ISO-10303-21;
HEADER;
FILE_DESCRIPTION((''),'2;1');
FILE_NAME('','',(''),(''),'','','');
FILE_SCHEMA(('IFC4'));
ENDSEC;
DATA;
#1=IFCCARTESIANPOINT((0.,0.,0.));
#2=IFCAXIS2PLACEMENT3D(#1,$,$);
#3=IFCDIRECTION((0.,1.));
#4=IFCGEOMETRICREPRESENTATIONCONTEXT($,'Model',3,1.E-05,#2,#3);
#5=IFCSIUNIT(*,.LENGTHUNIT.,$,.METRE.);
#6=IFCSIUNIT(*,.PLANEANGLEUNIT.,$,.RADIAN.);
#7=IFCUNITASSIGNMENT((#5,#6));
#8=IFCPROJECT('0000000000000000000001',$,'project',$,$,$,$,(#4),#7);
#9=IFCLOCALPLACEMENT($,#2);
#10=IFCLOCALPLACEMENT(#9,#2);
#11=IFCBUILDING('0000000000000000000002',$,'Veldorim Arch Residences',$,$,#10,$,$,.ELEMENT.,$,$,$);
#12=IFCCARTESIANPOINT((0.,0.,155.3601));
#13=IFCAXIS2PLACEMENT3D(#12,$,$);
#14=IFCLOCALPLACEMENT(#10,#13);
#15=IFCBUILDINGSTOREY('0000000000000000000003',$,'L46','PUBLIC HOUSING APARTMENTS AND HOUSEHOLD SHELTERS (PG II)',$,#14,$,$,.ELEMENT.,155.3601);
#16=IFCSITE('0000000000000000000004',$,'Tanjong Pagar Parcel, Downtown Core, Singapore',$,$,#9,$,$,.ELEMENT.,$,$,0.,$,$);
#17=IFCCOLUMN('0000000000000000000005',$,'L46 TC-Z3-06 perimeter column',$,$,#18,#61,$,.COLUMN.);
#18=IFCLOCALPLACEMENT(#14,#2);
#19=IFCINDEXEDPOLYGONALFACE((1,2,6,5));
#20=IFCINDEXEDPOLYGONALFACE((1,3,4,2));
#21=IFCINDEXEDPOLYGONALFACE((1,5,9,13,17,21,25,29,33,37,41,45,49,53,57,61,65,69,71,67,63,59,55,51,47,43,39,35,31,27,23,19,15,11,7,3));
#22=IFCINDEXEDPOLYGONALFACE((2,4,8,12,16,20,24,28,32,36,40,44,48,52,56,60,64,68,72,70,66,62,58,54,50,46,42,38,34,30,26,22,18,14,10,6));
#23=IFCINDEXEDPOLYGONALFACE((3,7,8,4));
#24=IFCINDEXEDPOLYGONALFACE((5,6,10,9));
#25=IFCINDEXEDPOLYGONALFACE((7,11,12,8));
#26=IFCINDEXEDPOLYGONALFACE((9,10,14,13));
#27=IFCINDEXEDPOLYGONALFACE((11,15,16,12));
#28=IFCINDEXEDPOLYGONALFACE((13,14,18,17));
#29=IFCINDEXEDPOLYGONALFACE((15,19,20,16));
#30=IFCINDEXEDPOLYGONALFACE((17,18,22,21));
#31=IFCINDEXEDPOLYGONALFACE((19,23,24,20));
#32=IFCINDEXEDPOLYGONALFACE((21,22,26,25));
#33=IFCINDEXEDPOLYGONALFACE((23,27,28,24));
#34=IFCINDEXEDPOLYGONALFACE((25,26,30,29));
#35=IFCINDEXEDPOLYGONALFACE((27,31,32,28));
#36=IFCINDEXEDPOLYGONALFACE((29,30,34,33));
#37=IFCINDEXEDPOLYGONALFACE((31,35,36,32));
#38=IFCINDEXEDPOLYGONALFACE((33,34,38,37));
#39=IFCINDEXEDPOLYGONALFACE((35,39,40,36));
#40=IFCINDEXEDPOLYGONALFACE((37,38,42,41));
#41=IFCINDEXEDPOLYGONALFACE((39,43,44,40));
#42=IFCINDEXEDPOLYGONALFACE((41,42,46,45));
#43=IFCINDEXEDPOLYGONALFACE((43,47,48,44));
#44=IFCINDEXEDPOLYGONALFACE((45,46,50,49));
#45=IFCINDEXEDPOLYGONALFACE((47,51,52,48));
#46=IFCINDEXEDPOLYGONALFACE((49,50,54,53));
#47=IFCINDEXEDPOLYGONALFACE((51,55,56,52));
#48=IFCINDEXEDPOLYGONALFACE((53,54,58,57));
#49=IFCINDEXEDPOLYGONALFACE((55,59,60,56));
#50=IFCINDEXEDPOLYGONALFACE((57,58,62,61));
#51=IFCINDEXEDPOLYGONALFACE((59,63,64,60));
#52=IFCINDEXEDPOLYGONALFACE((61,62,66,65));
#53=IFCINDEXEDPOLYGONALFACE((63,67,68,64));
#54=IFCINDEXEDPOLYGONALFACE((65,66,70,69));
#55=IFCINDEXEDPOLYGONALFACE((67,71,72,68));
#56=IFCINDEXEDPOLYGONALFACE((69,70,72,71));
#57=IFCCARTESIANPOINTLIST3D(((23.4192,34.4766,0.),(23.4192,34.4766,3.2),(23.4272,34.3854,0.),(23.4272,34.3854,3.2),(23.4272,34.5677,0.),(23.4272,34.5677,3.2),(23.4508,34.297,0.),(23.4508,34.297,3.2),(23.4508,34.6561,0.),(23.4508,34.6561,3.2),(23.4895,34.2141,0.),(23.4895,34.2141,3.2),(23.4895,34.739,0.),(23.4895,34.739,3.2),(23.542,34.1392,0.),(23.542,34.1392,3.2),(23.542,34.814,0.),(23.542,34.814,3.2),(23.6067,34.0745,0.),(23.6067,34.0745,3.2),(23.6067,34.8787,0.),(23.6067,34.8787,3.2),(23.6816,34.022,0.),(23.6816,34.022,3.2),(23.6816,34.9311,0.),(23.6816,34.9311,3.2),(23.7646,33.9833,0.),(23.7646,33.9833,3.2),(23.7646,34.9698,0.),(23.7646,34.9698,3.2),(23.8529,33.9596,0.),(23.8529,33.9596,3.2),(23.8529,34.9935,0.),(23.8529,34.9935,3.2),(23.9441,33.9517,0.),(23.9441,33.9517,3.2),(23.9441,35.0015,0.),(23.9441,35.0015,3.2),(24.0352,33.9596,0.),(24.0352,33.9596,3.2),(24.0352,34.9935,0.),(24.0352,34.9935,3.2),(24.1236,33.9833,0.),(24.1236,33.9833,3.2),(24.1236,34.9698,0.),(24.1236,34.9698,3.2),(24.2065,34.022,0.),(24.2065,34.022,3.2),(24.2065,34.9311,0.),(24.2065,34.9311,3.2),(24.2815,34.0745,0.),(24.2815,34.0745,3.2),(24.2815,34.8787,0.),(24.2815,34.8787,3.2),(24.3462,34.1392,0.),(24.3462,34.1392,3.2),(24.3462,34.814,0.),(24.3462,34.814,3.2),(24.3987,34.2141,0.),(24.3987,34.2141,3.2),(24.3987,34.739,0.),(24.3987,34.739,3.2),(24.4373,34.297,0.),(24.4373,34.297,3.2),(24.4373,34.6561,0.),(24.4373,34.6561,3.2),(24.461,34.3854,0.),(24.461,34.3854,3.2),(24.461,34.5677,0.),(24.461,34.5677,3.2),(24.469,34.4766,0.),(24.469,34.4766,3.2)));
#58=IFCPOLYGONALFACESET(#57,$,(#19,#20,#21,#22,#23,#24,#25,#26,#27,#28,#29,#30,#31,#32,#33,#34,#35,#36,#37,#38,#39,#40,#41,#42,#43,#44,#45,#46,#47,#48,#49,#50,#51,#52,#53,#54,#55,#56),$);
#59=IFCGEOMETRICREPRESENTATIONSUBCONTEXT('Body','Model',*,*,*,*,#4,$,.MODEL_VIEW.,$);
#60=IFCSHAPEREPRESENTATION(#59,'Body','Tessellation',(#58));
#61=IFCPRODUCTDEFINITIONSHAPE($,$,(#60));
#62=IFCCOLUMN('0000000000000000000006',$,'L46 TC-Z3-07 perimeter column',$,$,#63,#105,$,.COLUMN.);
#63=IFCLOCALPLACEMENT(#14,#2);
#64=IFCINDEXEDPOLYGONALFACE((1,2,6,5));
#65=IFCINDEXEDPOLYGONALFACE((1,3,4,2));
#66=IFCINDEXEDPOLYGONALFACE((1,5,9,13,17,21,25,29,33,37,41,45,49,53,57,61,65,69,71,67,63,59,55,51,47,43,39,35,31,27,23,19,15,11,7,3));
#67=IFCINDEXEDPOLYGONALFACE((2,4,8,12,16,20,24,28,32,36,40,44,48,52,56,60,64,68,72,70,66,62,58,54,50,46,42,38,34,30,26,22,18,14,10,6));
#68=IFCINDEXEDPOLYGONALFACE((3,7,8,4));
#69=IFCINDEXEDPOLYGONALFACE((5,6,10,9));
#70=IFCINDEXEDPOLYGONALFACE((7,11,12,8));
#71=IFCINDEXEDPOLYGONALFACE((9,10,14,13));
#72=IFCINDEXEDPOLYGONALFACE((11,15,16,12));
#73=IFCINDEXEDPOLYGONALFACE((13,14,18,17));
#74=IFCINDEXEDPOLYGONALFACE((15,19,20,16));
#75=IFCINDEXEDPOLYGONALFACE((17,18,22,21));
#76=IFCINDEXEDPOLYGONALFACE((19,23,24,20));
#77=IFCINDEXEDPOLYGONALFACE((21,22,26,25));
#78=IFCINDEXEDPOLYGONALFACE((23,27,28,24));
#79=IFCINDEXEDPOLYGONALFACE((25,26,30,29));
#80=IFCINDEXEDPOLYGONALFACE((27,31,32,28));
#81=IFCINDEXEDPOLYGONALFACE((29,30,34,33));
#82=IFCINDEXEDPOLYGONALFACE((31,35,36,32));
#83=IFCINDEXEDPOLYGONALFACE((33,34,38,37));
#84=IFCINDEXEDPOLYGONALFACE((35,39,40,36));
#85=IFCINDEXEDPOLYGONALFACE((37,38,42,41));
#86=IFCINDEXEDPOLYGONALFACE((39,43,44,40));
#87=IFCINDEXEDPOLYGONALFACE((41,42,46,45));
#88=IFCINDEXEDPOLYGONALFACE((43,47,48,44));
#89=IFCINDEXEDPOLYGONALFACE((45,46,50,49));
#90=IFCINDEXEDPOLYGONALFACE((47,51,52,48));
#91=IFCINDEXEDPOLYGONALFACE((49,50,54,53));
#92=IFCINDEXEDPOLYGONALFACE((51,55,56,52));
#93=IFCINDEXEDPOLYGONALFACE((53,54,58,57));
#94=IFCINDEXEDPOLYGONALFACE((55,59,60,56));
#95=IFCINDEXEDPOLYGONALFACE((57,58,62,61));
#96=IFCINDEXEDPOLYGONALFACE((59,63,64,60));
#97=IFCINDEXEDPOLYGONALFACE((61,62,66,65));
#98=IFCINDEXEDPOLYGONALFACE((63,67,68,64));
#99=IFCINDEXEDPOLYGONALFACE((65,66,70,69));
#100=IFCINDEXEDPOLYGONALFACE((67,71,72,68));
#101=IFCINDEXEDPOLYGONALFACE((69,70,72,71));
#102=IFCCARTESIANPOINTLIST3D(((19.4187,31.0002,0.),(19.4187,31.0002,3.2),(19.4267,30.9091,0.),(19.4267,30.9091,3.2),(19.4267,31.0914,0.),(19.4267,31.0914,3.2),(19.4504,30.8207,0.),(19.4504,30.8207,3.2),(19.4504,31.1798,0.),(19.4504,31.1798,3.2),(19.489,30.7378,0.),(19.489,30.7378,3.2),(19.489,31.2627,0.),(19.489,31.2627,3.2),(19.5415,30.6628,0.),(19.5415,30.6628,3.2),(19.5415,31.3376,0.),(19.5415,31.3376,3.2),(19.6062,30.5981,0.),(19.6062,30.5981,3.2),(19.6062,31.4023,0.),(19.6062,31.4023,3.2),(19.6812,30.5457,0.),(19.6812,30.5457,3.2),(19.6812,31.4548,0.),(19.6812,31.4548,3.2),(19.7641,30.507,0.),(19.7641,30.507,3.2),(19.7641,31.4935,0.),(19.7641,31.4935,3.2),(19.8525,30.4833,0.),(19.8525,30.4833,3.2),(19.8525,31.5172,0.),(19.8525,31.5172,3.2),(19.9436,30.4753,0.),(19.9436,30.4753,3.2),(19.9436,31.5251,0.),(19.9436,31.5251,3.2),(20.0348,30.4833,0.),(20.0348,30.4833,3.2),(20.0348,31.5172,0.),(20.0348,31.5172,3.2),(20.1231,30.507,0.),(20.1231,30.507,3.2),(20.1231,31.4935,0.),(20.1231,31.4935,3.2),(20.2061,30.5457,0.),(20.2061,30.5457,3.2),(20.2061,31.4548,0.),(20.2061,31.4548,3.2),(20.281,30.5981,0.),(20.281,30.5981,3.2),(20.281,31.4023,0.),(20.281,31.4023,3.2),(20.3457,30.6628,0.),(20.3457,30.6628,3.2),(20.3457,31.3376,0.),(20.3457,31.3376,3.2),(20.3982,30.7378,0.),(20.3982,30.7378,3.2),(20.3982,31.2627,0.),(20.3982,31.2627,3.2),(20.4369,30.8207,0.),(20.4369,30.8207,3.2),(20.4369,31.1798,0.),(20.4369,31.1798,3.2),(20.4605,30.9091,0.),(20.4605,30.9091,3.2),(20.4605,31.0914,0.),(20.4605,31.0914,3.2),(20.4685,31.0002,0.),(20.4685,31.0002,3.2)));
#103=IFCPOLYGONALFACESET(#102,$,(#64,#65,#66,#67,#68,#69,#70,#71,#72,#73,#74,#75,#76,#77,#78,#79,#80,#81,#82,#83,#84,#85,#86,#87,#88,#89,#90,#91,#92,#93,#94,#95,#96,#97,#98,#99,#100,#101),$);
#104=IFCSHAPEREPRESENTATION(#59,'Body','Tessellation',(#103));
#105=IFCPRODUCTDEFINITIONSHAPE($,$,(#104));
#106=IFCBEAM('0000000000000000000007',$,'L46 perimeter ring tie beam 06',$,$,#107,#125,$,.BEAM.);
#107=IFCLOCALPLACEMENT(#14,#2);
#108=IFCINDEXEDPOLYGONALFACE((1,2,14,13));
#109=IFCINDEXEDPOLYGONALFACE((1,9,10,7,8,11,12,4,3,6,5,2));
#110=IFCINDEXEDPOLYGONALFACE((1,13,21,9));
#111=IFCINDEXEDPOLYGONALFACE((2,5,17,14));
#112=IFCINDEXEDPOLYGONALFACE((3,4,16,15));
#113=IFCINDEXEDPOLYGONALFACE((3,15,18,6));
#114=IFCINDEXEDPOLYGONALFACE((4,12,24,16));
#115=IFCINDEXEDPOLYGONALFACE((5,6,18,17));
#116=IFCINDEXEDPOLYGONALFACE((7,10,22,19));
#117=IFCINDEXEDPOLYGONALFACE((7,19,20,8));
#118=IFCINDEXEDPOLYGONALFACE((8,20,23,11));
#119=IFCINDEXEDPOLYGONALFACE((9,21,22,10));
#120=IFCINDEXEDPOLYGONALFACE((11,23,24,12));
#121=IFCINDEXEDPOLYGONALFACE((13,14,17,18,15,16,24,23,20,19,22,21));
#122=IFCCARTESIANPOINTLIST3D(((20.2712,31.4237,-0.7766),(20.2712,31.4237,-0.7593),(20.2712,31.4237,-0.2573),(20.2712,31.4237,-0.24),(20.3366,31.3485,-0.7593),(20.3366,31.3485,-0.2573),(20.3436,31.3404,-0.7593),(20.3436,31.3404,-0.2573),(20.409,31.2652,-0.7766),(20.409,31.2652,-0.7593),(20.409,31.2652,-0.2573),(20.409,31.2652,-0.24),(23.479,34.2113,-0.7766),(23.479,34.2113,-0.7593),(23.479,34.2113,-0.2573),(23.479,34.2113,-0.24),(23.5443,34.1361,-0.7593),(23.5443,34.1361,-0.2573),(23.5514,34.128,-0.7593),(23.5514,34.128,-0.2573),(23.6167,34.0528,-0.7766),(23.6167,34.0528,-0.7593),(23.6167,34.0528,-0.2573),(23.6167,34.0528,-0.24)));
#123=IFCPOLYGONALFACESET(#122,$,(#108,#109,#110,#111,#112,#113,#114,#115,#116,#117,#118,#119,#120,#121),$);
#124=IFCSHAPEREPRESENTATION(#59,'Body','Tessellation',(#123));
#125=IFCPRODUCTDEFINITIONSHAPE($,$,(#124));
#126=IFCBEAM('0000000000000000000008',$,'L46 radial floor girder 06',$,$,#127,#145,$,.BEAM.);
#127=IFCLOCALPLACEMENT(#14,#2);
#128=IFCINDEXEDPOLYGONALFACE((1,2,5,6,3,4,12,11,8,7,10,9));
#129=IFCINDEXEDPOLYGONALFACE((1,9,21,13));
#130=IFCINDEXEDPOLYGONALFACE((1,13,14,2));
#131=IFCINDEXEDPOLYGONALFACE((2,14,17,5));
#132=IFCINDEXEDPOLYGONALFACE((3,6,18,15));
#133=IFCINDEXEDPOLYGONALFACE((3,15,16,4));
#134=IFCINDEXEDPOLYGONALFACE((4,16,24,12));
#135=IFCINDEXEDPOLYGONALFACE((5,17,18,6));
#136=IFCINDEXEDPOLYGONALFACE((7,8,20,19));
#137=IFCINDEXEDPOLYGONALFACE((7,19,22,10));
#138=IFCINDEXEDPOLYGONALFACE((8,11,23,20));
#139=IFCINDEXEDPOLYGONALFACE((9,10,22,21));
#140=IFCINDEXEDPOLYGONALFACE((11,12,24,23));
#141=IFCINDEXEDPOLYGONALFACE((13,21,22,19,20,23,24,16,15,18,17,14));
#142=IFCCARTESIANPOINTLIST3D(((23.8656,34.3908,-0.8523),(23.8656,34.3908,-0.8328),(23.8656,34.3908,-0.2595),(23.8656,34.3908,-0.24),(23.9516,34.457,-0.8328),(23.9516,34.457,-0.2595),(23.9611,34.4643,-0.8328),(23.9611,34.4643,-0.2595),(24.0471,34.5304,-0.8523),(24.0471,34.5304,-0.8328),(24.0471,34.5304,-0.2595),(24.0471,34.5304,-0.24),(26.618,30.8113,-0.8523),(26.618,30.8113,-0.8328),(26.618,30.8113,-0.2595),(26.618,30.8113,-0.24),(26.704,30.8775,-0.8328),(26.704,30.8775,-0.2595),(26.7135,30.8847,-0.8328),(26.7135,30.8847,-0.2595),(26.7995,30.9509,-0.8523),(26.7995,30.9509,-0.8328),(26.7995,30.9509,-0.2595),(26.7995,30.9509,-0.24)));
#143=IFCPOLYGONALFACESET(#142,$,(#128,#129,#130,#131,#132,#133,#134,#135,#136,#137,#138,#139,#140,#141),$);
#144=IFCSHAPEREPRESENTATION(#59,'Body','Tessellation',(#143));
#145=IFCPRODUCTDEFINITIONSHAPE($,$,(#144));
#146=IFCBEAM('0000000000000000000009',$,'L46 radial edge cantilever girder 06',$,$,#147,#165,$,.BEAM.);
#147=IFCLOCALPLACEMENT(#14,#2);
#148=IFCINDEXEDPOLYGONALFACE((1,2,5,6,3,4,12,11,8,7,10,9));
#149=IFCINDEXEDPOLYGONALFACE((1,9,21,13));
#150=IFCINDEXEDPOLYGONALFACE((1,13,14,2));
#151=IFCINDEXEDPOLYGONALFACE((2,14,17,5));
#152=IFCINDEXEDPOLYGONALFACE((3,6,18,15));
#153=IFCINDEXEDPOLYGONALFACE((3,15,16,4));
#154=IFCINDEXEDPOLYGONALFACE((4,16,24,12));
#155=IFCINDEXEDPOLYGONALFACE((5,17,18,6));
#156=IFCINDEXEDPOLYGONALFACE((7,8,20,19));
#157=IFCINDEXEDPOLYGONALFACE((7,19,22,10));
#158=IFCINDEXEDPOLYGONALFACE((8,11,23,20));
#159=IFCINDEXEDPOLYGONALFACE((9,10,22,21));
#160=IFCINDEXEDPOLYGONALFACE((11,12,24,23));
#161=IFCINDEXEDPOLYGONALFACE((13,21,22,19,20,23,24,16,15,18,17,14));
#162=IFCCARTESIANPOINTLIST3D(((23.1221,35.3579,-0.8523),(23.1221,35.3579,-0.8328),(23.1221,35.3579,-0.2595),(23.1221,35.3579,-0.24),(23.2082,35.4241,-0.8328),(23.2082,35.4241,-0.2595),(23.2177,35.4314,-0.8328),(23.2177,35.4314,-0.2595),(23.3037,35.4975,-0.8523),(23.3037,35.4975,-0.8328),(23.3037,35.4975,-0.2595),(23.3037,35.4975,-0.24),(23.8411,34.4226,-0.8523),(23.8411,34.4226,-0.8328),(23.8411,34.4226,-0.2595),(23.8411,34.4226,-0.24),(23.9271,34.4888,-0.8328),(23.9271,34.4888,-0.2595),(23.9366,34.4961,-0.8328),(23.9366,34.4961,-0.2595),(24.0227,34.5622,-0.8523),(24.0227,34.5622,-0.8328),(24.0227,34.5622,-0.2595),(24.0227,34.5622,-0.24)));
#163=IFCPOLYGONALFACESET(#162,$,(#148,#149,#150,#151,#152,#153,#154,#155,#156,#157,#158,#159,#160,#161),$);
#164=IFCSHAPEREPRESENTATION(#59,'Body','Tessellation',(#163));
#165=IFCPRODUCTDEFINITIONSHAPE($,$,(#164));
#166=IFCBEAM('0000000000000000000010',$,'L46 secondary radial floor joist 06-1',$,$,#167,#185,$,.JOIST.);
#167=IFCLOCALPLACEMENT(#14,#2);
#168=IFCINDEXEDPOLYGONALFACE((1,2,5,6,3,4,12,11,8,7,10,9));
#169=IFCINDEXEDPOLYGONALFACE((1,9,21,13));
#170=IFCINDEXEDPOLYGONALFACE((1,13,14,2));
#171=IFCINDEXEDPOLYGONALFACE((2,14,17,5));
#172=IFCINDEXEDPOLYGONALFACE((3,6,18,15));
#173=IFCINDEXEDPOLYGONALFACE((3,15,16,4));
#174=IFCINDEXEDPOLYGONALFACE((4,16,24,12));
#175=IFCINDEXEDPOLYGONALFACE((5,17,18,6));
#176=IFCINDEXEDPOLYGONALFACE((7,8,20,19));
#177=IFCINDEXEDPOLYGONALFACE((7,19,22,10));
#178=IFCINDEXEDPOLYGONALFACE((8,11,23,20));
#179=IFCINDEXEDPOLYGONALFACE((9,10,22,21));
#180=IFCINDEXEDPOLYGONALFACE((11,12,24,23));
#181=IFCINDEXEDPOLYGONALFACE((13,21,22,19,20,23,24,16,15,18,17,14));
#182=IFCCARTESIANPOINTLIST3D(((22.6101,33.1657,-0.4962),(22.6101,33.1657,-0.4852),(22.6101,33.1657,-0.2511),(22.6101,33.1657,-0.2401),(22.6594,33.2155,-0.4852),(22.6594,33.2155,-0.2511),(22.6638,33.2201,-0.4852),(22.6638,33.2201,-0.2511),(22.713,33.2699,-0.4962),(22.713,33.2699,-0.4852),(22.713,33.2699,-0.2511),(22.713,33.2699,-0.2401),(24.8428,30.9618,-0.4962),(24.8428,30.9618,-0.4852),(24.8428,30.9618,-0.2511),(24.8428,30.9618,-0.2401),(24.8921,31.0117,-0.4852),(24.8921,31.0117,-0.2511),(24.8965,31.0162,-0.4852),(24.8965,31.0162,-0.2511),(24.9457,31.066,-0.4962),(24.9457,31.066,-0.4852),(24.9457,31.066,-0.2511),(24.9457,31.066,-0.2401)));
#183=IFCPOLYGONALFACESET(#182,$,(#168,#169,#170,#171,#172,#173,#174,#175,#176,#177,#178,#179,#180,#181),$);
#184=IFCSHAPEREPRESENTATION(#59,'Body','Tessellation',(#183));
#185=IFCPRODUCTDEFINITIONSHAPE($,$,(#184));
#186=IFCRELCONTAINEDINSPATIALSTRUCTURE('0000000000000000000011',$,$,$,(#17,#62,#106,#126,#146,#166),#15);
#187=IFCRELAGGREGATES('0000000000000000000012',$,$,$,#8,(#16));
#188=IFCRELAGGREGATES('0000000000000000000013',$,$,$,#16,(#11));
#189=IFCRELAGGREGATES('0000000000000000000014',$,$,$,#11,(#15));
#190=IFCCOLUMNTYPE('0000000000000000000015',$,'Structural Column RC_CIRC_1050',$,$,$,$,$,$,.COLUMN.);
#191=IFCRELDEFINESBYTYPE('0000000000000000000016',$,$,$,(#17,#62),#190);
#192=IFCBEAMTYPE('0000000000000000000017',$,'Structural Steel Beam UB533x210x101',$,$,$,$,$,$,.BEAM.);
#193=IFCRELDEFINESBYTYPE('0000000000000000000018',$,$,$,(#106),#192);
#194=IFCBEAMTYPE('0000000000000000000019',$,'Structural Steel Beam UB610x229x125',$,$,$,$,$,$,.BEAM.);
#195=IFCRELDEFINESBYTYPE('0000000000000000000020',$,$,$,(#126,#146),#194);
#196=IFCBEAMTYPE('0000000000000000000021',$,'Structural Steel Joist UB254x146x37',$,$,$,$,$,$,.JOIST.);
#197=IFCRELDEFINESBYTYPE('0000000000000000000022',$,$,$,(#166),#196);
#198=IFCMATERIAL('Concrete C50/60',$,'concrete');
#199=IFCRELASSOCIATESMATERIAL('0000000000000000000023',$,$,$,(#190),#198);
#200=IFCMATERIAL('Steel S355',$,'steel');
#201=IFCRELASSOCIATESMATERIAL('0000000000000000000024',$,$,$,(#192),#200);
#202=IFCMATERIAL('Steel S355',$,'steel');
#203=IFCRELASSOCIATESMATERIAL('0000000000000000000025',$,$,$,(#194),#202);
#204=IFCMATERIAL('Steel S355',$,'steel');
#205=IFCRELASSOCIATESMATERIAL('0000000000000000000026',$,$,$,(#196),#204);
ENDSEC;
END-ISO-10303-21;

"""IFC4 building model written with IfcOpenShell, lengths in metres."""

from ifc_helpers import new_model, si_unit, direction, frame, origin, origin_2d, place, context, subcontext, project, spatial, circle, i_section, extrude, material, material_profile, profile_set, type_object, element, save


model = new_model("IFC4")

# Units and contexts
model_context = context("Model", 3, precision=1e-05, world=origin(), true_north=direction((0.0, 1.0)))
body_context = subcontext(model_context, "Body", "Model", "MODEL_VIEW")
ifc_project = project(units=[si_unit("LENGTHUNIT", "METRE"), si_unit("PLANEANGLEUNIT", "RADIAN")], contexts=[model_context])

# Site, building, storey
site_placement = place(None, origin())
site = spatial("IfcSite", under=ifc_project, at=site_placement, Name="Tanjong Pagar Parcel, Downtown Core, Singapore", CompositionType="ELEMENT", RefElevation=0.0)
building_placement = place(site_placement, origin())
building = spatial("IfcBuilding", under=site, at=building_placement, Name="Veldorim Arch Residences", CompositionType="ELEMENT")
storey_placement = place(building_placement, frame((0.0, 0.0, 155.3601)))
storey = spatial("IfcBuildingStorey", under=building, at=storey_placement, Name="L46", Description="PUBLIC HOUSING APARTMENTS AND HOUSEHOLD SHELTERS (PG II)", CompositionType="ELEMENT", Elevation=155.3601)

# Columns
ifc_material_1 = material(Name="Concrete C50/60", Category="concrete")
ifc_material_profile_1 = material_profile(ifc_material_1, circle(Radius=0.5249, at=origin_2d()), Name="RC_CIRC_1050")
ifc_profile_set_1 = profile_set([ifc_material_profile_1], Name="Concrete C50/60")
column_type = type_object("IfcColumnType", Name="Structural Column RC_CIRC_1050", PredefinedType="COLUMN", material=ifc_profile_set_1)
for number, where, z_axis, x_axis, name in (
    (1, (23.9441, 34.4766, 0.0), (0.0, 0.0, 1.0), (1.0, 0.0, 0.0), "L46 TC-Z3-06 perimeter column"),
    (2, (19.9436, 31.0002, 0.0), (0.0, 0.0, 1.0), (1.0, 0.0, 0.0), "L46 TC-Z3-07 perimeter column"),
):
    element("IfcColumn", number, at=place(storey_placement, frame(where, z_axis=z_axis, x_axis=x_axis)), inside=storey, type_object=column_type, Name=name, PredefinedType="COLUMN", context=body_context, shape_type="SweptSolid", body=[
        extrude(circle(Radius=0.5249, at=origin_2d()), origin(), (0.0, 0.0, 1.0), 3.2),
    ])

# Beams
ifc_material_2 = material(Name="Steel S355", Category="steel")
ifc_material_profile_2 = material_profile(ifc_material_2, i_section(OverallWidth=0.21, OverallDepth=0.5366, WebThickness=0.0107, FlangeThickness=0.0173, at=origin_2d()), Name="UB533x210x101")
ifc_profile_set_2 = profile_set([ifc_material_profile_2], Name="Steel S355")
beam_type_1 = type_object("IfcBeamType", Name="Structural Steel Beam UB533x210x101", PredefinedType="BEAM", material=ifc_profile_set_2)
beam_1_placement = place(storey_placement, frame((23.5479, 34.1321, -0.5083), z_axis=(-0.754811, -0.655943, 0.0), x_axis=(0.655943, -0.754811, 0.0)))
element("IfcBeam", 3, at=beam_1_placement, inside=storey, type_object=beam_type_1, Name="L46 perimeter ring tie beam 06", PredefinedType="BEAM", context=body_context, shape_type="SweptSolid", body=[
    extrude(i_section(OverallWidth=0.21, OverallDepth=0.5366, WebThickness=0.0107, FlangeThickness=0.0173, at=origin_2d()), origin(), (0.0, 0.0, 1.0), 4.2498),
])
ifc_material_3 = material(Name="Steel S355", Category="steel")
ifc_material_profile_3 = material_profile(ifc_material_3, i_section(OverallWidth=0.229, OverallDepth=0.6123, WebThickness=0.012, FlangeThickness=0.0195, at=origin_2d()), Name="UB610x229x125")
ifc_profile_set_3 = profile_set([ifc_material_profile_3], Name="Steel S355")
beam_type_2 = type_object("IfcBeamType", Name="Structural Steel Beam UB610x229x125", PredefinedType="BEAM", material=ifc_profile_set_3)
beam_2_placement = place(storey_placement, frame((26.7087, 30.8811, -0.5461), z_axis=(-0.609559, 0.792741, 0.0), x_axis=(-0.792741, -0.609559, 0.0)))
element("IfcBeam", 4, at=beam_2_placement, inside=storey, type_object=beam_type_2, Name="L46 radial floor girder 06", PredefinedType="BEAM", context=body_context, shape_type="SweptSolid", body=[
    extrude(i_section(OverallWidth=0.229, OverallDepth=0.6123, WebThickness=0.012, FlangeThickness=0.0195, at=origin_2d()), origin(), (0.0, 0.0, 1.0), 4.5154),
])
beam_3_placement = place(storey_placement, frame((23.9319, 34.4924, -0.5461), z_axis=(-0.609461, 0.792816, 0.0), x_axis=(-0.792816, -0.609461, 0.0)))
element("IfcBeam", 5, at=beam_3_placement, inside=storey, type_object=beam_type_2, Name="L46 radial edge cantilever girder 06", PredefinedType="BEAM", context=body_context, shape_type="SweptSolid", body=[
    extrude(i_section(OverallWidth=0.229, OverallDepth=0.6123, WebThickness=0.012, FlangeThickness=0.0195, at=origin_2d()), origin(), (0.0, 0.0, 1.0), 1.1797),
])
ifc_material_4 = material(Name="Steel S355", Category="steel")
ifc_material_profile_4 = material_profile(ifc_material_4, i_section(OverallWidth=0.1465, OverallDepth=0.2561, WebThickness=0.0063, FlangeThickness=0.011, at=origin_2d()), Name="UB254x146x37")
ifc_profile_set_4 = profile_set([ifc_material_profile_4], Name="Steel S355")
beam_type_3 = type_object("IfcBeamType", Name="Structural Steel Joist UB254x146x37", PredefinedType="JOIST", material=ifc_profile_set_4)
beam_4_placement = place(storey_placement, frame((24.8943, 31.0139, -0.3682), z_axis=(-0.711683, 0.7025, 0.0), x_axis=(-0.7025, -0.711683, 0.0)))
element("IfcBeam", 6, at=beam_4_placement, inside=storey, type_object=beam_type_3, Name="L46 secondary radial floor joist 06-1", PredefinedType="JOIST", context=body_context, shape_type="SweptSolid", body=[
    extrude(i_section(OverallWidth=0.1465, OverallDepth=0.2561, WebThickness=0.0063, FlangeThickness=0.011, at=origin_2d()), origin(), (0.0, 0.0, 1.0), 3.1372),
])

save(model, "model.ifc")
